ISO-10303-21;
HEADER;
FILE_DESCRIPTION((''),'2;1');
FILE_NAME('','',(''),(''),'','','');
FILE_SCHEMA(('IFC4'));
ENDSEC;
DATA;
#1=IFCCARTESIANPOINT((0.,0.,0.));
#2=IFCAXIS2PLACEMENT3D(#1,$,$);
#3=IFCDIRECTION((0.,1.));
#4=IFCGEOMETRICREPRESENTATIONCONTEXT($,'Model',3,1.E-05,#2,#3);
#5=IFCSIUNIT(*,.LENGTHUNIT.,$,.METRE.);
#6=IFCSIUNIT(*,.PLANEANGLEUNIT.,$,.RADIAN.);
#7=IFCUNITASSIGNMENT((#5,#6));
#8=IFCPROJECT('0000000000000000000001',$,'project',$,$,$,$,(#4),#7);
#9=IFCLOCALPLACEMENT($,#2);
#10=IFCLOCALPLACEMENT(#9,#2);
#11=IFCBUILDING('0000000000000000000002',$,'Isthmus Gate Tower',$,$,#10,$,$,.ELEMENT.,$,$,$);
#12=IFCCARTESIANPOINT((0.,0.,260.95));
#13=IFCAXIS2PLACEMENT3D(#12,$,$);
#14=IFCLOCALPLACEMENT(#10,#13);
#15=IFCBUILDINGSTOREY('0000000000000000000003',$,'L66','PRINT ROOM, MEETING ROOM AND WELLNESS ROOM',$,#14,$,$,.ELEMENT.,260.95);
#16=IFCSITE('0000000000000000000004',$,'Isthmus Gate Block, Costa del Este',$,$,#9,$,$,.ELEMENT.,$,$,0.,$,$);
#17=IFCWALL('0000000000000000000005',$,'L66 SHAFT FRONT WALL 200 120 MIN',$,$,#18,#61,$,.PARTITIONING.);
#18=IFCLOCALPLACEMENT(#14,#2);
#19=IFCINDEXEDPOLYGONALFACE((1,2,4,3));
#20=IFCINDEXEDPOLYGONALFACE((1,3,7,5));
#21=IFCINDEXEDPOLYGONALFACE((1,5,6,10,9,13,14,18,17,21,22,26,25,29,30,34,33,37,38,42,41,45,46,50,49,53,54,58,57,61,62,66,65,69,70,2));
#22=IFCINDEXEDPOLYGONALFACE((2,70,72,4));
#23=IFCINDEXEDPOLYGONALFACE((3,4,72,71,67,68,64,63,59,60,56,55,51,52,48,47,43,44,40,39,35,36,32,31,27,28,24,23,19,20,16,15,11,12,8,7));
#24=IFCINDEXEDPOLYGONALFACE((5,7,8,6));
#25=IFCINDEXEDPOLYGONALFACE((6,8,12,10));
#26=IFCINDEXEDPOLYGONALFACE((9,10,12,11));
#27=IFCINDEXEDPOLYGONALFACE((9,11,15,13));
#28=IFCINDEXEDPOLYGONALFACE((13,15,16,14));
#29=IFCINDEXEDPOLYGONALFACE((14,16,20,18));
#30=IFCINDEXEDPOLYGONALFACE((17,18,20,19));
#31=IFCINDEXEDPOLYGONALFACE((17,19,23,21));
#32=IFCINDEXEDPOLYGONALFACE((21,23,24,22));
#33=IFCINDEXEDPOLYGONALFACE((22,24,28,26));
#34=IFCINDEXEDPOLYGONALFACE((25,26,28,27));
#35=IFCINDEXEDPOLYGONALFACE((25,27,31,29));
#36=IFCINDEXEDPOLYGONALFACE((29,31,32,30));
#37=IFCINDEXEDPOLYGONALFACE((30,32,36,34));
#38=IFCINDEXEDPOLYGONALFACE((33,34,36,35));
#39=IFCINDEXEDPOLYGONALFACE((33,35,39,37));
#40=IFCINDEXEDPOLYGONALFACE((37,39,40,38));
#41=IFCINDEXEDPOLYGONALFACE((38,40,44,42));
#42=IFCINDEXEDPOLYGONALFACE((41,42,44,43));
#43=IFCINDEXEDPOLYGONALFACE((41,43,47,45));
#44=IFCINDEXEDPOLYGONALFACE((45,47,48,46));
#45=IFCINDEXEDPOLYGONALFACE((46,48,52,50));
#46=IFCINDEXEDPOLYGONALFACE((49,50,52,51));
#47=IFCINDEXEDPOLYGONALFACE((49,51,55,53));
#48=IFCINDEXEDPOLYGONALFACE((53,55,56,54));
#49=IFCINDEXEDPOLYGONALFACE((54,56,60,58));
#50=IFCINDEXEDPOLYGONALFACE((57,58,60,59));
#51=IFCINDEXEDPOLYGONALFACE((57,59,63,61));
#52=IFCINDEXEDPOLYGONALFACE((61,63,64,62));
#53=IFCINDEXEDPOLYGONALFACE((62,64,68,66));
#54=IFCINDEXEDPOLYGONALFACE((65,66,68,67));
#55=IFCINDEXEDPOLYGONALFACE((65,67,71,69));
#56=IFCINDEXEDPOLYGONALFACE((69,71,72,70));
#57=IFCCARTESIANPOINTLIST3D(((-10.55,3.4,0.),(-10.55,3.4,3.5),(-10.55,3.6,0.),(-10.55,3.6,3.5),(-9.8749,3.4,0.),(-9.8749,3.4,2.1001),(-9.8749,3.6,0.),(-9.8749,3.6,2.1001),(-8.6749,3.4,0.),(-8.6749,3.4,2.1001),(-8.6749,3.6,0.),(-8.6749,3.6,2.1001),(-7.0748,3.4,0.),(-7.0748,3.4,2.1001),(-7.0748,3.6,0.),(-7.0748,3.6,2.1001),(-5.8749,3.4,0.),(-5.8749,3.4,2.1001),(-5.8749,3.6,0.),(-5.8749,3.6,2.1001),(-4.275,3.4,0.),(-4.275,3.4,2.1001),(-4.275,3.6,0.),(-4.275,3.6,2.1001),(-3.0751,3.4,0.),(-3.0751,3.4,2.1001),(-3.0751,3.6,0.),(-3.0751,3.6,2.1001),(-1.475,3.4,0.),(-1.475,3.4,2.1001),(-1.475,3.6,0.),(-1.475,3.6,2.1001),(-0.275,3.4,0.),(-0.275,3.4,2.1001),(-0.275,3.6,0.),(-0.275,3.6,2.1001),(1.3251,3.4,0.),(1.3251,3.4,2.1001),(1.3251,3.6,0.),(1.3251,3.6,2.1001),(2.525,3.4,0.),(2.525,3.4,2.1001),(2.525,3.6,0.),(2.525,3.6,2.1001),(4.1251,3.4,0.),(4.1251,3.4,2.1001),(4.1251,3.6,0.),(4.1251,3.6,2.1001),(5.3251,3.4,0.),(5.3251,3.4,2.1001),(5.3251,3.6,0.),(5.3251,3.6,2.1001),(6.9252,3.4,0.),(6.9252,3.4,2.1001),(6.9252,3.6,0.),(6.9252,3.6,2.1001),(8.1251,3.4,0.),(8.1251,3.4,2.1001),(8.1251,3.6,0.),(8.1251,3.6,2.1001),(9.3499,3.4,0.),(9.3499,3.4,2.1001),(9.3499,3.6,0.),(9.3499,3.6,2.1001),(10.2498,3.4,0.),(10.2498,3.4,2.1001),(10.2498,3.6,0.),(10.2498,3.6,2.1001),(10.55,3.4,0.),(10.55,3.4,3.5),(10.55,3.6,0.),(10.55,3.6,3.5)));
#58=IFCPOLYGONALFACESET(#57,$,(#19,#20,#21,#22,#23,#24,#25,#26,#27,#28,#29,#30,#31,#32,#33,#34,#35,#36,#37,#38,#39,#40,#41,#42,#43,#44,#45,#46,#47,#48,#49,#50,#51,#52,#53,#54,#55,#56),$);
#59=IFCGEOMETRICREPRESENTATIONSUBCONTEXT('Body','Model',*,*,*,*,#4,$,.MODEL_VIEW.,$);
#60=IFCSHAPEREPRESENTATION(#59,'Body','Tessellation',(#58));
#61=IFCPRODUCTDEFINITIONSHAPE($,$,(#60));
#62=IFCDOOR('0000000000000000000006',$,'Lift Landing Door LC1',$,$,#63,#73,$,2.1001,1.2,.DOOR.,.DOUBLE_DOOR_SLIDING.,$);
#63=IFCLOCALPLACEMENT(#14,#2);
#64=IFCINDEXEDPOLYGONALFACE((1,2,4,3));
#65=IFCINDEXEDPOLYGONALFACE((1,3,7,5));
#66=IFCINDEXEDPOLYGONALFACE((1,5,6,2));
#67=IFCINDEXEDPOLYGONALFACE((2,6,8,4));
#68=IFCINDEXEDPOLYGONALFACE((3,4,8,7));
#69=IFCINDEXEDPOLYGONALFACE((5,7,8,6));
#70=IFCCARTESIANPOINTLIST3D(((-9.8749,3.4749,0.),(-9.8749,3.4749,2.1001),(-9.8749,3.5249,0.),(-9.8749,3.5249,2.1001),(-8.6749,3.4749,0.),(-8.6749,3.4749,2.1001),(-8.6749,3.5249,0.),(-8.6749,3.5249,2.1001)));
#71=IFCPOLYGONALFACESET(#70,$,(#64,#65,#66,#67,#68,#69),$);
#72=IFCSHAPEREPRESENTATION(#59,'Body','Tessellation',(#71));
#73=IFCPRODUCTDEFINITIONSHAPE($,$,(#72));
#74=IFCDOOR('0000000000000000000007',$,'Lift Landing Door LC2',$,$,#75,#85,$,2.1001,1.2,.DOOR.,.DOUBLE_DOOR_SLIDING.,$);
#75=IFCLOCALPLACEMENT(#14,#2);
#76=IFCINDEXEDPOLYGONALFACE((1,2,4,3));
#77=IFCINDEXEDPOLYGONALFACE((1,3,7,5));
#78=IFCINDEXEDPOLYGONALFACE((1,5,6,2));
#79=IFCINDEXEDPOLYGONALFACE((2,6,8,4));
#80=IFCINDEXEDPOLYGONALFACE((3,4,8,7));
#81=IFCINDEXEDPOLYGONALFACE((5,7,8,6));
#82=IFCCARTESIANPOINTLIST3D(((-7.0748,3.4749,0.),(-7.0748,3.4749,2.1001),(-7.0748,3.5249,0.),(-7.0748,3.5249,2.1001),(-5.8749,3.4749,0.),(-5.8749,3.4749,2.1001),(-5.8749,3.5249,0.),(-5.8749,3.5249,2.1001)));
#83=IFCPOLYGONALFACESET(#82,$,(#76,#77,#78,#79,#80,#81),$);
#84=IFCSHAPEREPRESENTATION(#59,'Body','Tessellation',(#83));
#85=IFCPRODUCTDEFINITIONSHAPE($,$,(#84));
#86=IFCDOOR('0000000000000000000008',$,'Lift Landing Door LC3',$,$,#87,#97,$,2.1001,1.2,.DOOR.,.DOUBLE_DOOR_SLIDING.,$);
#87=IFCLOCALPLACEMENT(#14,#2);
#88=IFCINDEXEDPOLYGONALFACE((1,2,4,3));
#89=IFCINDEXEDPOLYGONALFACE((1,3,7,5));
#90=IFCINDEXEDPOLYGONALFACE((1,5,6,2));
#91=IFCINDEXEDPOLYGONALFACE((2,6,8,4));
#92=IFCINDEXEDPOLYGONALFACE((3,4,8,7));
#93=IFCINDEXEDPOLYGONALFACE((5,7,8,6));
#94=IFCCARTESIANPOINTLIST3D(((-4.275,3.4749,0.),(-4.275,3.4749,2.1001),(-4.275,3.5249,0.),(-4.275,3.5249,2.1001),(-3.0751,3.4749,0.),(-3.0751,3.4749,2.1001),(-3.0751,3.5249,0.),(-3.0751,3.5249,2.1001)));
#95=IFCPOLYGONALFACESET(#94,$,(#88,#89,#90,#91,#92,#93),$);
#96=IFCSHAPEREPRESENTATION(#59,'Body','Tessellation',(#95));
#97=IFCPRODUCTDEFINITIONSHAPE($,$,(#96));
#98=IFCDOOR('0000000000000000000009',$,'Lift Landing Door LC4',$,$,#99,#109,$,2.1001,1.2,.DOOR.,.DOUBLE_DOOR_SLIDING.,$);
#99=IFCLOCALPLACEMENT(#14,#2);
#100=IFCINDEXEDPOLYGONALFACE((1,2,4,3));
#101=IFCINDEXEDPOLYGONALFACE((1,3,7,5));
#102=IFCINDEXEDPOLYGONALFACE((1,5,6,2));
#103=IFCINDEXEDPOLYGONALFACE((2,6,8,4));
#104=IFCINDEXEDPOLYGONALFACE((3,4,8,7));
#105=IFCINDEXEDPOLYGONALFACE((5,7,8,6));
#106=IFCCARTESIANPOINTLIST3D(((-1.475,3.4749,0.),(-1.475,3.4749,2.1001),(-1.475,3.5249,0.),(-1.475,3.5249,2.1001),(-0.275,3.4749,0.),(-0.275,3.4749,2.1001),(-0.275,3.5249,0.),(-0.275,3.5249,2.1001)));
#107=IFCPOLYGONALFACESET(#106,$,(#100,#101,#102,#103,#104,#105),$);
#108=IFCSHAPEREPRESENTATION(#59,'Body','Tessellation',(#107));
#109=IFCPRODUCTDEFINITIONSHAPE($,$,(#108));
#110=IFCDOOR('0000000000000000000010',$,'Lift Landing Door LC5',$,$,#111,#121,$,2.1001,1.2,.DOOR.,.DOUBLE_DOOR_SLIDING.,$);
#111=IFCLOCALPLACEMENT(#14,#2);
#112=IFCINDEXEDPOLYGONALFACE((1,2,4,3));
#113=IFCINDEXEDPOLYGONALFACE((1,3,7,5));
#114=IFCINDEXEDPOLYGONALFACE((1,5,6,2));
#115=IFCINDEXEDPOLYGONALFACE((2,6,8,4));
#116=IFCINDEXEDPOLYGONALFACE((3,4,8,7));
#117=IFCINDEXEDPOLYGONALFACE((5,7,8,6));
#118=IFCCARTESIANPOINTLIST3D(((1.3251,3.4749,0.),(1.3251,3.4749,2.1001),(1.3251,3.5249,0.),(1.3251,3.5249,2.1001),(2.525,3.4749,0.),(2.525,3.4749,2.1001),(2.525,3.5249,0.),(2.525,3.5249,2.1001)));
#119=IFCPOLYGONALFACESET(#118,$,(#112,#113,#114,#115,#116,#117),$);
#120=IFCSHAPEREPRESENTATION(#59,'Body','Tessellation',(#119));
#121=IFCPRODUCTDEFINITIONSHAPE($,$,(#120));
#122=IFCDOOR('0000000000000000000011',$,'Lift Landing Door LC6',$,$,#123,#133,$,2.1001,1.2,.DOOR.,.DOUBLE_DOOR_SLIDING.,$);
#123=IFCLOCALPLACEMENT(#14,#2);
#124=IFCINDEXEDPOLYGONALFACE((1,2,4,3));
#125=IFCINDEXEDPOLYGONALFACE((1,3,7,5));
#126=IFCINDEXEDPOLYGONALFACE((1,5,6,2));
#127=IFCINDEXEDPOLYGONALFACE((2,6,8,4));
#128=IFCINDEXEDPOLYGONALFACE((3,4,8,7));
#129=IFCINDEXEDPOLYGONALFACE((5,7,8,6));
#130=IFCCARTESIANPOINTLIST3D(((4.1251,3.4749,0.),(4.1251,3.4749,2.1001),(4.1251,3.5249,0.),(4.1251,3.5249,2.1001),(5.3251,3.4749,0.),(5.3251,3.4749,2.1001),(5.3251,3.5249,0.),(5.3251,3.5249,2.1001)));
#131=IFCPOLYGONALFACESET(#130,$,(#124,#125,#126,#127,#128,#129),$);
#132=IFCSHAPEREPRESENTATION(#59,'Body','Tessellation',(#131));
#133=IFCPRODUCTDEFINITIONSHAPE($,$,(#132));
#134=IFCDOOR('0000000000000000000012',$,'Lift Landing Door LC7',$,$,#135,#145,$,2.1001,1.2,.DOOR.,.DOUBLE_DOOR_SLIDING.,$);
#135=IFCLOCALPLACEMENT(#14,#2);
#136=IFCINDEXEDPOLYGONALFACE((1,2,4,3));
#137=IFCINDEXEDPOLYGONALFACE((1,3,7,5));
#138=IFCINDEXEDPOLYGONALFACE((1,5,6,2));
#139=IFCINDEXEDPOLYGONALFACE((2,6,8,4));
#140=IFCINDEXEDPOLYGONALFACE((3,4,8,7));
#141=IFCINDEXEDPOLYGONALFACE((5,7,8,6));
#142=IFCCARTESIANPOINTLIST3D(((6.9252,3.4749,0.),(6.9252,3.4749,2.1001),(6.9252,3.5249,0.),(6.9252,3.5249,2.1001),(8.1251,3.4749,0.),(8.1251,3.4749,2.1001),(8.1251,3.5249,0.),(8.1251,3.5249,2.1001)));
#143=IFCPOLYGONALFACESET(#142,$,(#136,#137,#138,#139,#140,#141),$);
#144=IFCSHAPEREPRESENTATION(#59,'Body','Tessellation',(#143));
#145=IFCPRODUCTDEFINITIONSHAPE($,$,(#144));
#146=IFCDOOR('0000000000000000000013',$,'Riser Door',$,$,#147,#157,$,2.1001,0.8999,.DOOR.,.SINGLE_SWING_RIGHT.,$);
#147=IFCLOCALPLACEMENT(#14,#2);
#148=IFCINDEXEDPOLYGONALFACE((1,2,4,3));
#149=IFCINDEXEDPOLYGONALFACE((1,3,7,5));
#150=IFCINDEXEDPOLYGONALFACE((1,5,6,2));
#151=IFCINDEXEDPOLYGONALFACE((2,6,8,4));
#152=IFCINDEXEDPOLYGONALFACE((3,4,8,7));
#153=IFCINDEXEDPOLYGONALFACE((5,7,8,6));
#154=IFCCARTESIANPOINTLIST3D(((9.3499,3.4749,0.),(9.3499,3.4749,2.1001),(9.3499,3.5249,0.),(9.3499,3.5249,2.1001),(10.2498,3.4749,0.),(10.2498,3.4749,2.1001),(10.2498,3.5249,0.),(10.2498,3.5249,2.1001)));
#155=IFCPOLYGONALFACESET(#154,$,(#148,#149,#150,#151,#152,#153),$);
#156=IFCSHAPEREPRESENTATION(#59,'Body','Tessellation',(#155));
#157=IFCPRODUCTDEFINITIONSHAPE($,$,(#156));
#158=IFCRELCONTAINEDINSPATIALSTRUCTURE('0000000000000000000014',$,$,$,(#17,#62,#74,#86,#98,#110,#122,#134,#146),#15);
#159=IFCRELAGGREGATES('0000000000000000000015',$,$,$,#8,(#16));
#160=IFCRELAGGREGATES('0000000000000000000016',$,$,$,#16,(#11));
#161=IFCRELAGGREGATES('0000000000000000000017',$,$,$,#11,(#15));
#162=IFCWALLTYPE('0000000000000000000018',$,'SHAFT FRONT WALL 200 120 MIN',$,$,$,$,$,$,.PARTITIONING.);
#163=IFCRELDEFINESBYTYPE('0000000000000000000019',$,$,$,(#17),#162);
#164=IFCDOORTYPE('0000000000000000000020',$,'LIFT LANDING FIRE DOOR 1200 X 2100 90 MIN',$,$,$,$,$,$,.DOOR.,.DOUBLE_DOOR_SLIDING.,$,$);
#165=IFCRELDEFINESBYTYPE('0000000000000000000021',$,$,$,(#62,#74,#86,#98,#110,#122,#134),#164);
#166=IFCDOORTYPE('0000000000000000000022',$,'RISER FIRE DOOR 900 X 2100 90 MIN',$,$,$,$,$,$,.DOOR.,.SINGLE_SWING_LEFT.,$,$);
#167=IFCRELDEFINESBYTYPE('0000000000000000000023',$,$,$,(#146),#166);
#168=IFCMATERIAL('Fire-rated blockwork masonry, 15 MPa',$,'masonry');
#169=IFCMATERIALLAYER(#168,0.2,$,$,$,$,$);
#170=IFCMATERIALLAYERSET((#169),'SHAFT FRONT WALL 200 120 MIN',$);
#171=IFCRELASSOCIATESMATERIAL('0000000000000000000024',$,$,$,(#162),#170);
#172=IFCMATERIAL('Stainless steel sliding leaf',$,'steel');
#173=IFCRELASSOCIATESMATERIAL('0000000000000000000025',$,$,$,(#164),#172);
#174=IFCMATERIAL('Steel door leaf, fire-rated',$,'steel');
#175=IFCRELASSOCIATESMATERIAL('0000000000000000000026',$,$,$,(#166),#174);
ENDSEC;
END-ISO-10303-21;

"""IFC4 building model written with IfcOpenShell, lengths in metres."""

from ifc_helpers import new_model, si_unit, direction, frame, frame_2d, origin, place, context, subcontext, project, spatial, rectangle, extrude, material, layer, layer_set, type_object, element, fill, save


model = new_model("IFC4")

# Units and contexts
model_context = context("Model", 3, precision=1e-05, world=origin(), true_north=direction((0.0, 1.0)))
body_context = subcontext(model_context, "Body", "Model", "MODEL_VIEW")
ifc_project = project(units=[si_unit("LENGTHUNIT", "METRE"), si_unit("PLANEANGLEUNIT", "RADIAN")], contexts=[model_context])

# Site, building, storey
site_placement = place(None, origin())
site = spatial("IfcSite", under=ifc_project, at=site_placement, Name="Isthmus Gate Block, Costa del Este", CompositionType="ELEMENT", RefElevation=0.0)
building_placement = place(site_placement, origin())
building = spatial("IfcBuilding", under=site, at=building_placement, Name="Isthmus Gate Tower", CompositionType="ELEMENT")
storey_placement = place(building_placement, frame((0.0, 0.0, 260.95)))
storey = spatial("IfcBuildingStorey", under=building, at=storey_placement, Name="L66", Description="PRINT ROOM, MEETING ROOM AND WELLNESS ROOM", CompositionType="ELEMENT", Elevation=260.95)

# Wall, openings, doors
ifc_material_1 = material(Name="Fire-rated blockwork masonry, 15 MPa", Category="masonry")
ifc_layer_1 = layer(ifc_material_1, 0.2)
ifc_layer_set_1 = layer_set([ifc_layer_1], Name="SHAFT FRONT WALL 200 120 MIN")
wall_type_1 = type_object("IfcWallType", Name="SHAFT FRONT WALL 200 120 MIN", PredefinedType="PARTITIONING", material=ifc_layer_set_1)
wall_1_placement = place(storey_placement, frame((-10.55, 3.5, 0.0), z_axis=(0.0, 0.0, 1.0), x_axis=(1.0, 0.0, 0.0)))
wall_1 = element("IfcWall", 1, at=wall_1_placement, inside=storey, type_object=wall_type_1, Name="L66 SHAFT FRONT WALL 200 120 MIN", PredefinedType="PARTITIONING", context=body_context, shape_type="SweptSolid", body=[
    extrude(rectangle(XDim=21.1001, YDim=0.2, at=frame_2d((10.55, 0.0))), origin(), (0.0, 0.0, 1.0), 3.5),
])
opening_1_placement = place(wall_1_placement, frame((0.675, 0.0, 0.0)))
opening_1 = element("IfcOpeningElement", 2, at=opening_1_placement, cuts=wall_1, PredefinedType="OPENING", context=body_context, shape_type="SweptSolid", body=[
    extrude(rectangle(XDim=1.2, YDim=2.1001, at=frame_2d((0.6001, 1.05))), frame((0.0, 0.1099, 0.0), z_axis=(0.0, -1.0, 0.0), x_axis=(1.0, 0.0, 0.0)), (0.0, 0.0, 1.0), 0.22),
])
opening_2_placement = place(wall_1_placement, frame((3.4751, 0.0, 0.0)))
opening_2 = element("IfcOpeningElement", 3, at=opening_2_placement, cuts=wall_1, PredefinedType="OPENING", context=body_context, shape_type="SweptSolid", body=[
    extrude(rectangle(XDim=1.2, YDim=2.1001, at=frame_2d((0.6001, 1.05))), frame((0.0, 0.1099, 0.0), z_axis=(0.0, -1.0, 0.0), x_axis=(1.0, 0.0, 0.0)), (0.0, 0.0, 1.0), 0.22),
])
opening_3_placement = place(wall_1_placement, frame((6.2749, 0.0, 0.0)))
opening_3 = element("IfcOpeningElement", 4, at=opening_3_placement, cuts=wall_1, PredefinedType="OPENING", context=body_context, shape_type="SweptSolid", body=[
    extrude(rectangle(XDim=1.2, YDim=2.1001, at=frame_2d((0.6001, 1.05))), frame((0.0, 0.1099, 0.0), z_axis=(0.0, -1.0, 0.0), x_axis=(1.0, 0.0, 0.0)), (0.0, 0.0, 1.0), 0.22),
])
opening_4_placement = place(wall_1_placement, frame((9.075, 0.0, 0.0)))
opening_4 = element("IfcOpeningElement", 5, at=opening_4_placement, cuts=wall_1, PredefinedType="OPENING", context=body_context, shape_type="SweptSolid", body=[
    extrude(rectangle(XDim=1.2, YDim=2.1001, at=frame_2d((0.6001, 1.05))), frame((0.0, 0.1099, 0.0), z_axis=(0.0, -1.0, 0.0), x_axis=(1.0, 0.0, 0.0)), (0.0, 0.0, 1.0), 0.22),
])
opening_5_placement = place(wall_1_placement, frame((11.875, 0.0, 0.0)))
opening_5 = element("IfcOpeningElement", 6, at=opening_5_placement, cuts=wall_1, PredefinedType="OPENING", context=body_context, shape_type="SweptSolid", body=[
    extrude(rectangle(XDim=1.2, YDim=2.1001, at=frame_2d((0.6001, 1.05))), frame((0.0, 0.1099, 0.0), z_axis=(0.0, -1.0, 0.0), x_axis=(1.0, 0.0, 0.0)), (0.0, 0.0, 1.0), 0.22),
])
opening_6_placement = place(wall_1_placement, frame((14.675, 0.0, 0.0)))
opening_6 = element("IfcOpeningElement", 7, at=opening_6_placement, cuts=wall_1, PredefinedType="OPENING", context=body_context, shape_type="SweptSolid", body=[
    extrude(rectangle(XDim=1.2, YDim=2.1001, at=frame_2d((0.6001, 1.05))), frame((0.0, 0.1099, 0.0), z_axis=(0.0, -1.0, 0.0), x_axis=(1.0, 0.0, 0.0)), (0.0, 0.0, 1.0), 0.22),
])
opening_7_placement = place(wall_1_placement, frame((17.4751, 0.0, 0.0)))
opening_7 = element("IfcOpeningElement", 8, at=opening_7_placement, cuts=wall_1, PredefinedType="OPENING", context=body_context, shape_type="SweptSolid", body=[
    extrude(rectangle(XDim=1.2, YDim=2.1001, at=frame_2d((0.6001, 1.05))), frame((0.0, 0.1099, 0.0), z_axis=(0.0, -1.0, 0.0), x_axis=(1.0, 0.0, 0.0)), (0.0, 0.0, 1.0), 0.22),
])
opening_8_placement = place(wall_1_placement, frame((19.8999, 0.0, 0.0)))
opening_8 = element("IfcOpeningElement", 9, at=opening_8_placement, cuts=wall_1, PredefinedType="OPENING", context=body_context, shape_type="SweptSolid", body=[
    extrude(rectangle(XDim=0.8999, YDim=2.1001, at=frame_2d((0.45, 1.05))), frame((0.0, 0.1099, 0.0), z_axis=(0.0, -1.0, 0.0), x_axis=(1.0, 0.0, 0.0)), (0.0, 0.0, 1.0), 0.22),
])
ifc_material_2 = material(Name="Stainless steel sliding leaf", Category="steel")
door_type_1 = type_object("IfcDoorType", Name="LIFT LANDING FIRE DOOR 1200 X 2100 90 MIN", OperationType="DOUBLE_DOOR_SLIDING", PredefinedType="DOOR", material=ifc_material_2)
door_1_placement = place(opening_1_placement, origin())
door_1 = element("IfcDoor", 10, at=door_1_placement, inside=storey, type_object=door_type_1, Name="Lift Landing Door LC1", OperationType="DOUBLE_DOOR_SLIDING", OverallHeight=2.1001, OverallWidth=1.2, PredefinedType="DOOR", context=body_context, shape_type="SweptSolid", body=[
    extrude(rectangle(XDim=1.2, YDim=2.1001, at=frame_2d((0.6001, 1.05))), frame((0.0, 0.0249, 0.0), z_axis=(0.0, -1.0, 0.0), x_axis=(1.0, 0.0, 0.0)), (0.0, 0.0, 1.0), 0.05),
])
fill(opening_1, door_1)
door_2_placement = place(opening_2_placement, origin())
door_2 = element("IfcDoor", 11, at=door_2_placement, inside=storey, type_object=door_type_1, Name="Lift Landing Door LC2", OperationType="DOUBLE_DOOR_SLIDING", OverallHeight=2.1001, OverallWidth=1.2, PredefinedType="DOOR", context=body_context, shape_type="SweptSolid", body=[
    extrude(rectangle(XDim=1.2, YDim=2.1001, at=frame_2d((0.6001, 1.05))), frame((0.0, 0.0249, 0.0), z_axis=(0.0, -1.0, 0.0), x_axis=(1.0, 0.0, 0.0)), (0.0, 0.0, 1.0), 0.05),
])
fill(opening_2, door_2)
door_3_placement = place(opening_3_placement, origin())
door_3 = element("IfcDoor", 12, at=door_3_placement, inside=storey, type_object=door_type_1, Name="Lift Landing Door LC3", OperationType="DOUBLE_DOOR_SLIDING", OverallHeight=2.1001, OverallWidth=1.2, PredefinedType="DOOR", context=body_context, shape_type="SweptSolid", body=[
    extrude(rectangle(XDim=1.2, YDim=2.1001, at=frame_2d((0.6001, 1.05))), frame((0.0, 0.0249, 0.0), z_axis=(0.0, -1.0, 0.0), x_axis=(1.0, 0.0, 0.0)), (0.0, 0.0, 1.0), 0.05),
])
fill(opening_3, door_3)
door_4_placement = place(opening_4_placement, origin())
door_4 = element("IfcDoor", 13, at=door_4_placement, inside=storey, type_object=door_type_1, Name="Lift Landing Door LC4", OperationType="DOUBLE_DOOR_SLIDING", OverallHeight=2.1001, OverallWidth=1.2, PredefinedType="DOOR", context=body_context, shape_type="SweptSolid", body=[
    extrude(rectangle(XDim=1.2, YDim=2.1001, at=frame_2d((0.6001, 1.05))), frame((0.0, 0.0249, 0.0), z_axis=(0.0, -1.0, 0.0), x_axis=(1.0, 0.0, 0.0)), (0.0, 0.0, 1.0), 0.05),
])
fill(opening_4, door_4)
door_5_placement = place(opening_5_placement, origin())
door_5 = element("IfcDoor", 14, at=door_5_placement, inside=storey, type_object=door_type_1, Name="Lift Landing Door LC5", OperationType="DOUBLE_DOOR_SLIDING", OverallHeight=2.1001, OverallWidth=1.2, PredefinedType="DOOR", context=body_context, shape_type="SweptSolid", body=[
    extrude(rectangle(XDim=1.2, YDim=2.1001, at=frame_2d((0.6001, 1.05))), frame((0.0, 0.0249, 0.0), z_axis=(0.0, -1.0, 0.0), x_axis=(1.0, 0.0, 0.0)), (0.0, 0.0, 1.0), 0.05),
])
fill(opening_5, door_5)
door_6_placement = place(opening_6_placement, origin())
door_6 = element("IfcDoor", 15, at=door_6_placement, inside=storey, type_object=door_type_1, Name="Lift Landing Door LC6", OperationType="DOUBLE_DOOR_SLIDING", OverallHeight=2.1001, OverallWidth=1.2, PredefinedType="DOOR", context=body_context, shape_type="SweptSolid", body=[
    extrude(rectangle(XDim=1.2, YDim=2.1001, at=frame_2d((0.6001, 1.05))), frame((0.0, 0.0249, 0.0), z_axis=(0.0, -1.0, 0.0), x_axis=(1.0, 0.0, 0.0)), (0.0, 0.0, 1.0), 0.05),
])
fill(opening_6, door_6)
door_7_placement = place(opening_7_placement, origin())
door_7 = element("IfcDoor", 16, at=door_7_placement, inside=storey, type_object=door_type_1, Name="Lift Landing Door LC7", OperationType="DOUBLE_DOOR_SLIDING", OverallHeight=2.1001, OverallWidth=1.2, PredefinedType="DOOR", context=body_context, shape_type="SweptSolid", body=[
    extrude(rectangle(XDim=1.2, YDim=2.1001, at=frame_2d((0.6001, 1.05))), frame((0.0, 0.0249, 0.0), z_axis=(0.0, -1.0, 0.0), x_axis=(1.0, 0.0, 0.0)), (0.0, 0.0, 1.0), 0.05),
])
fill(opening_7, door_7)
ifc_material_3 = material(Name="Steel door leaf, fire-rated", Category="steel")
door_type_2 = type_object("IfcDoorType", Name="RISER FIRE DOOR 900 X 2100 90 MIN", OperationType="SINGLE_SWING_LEFT", PredefinedType="DOOR", material=ifc_material_3)
door_8_placement = place(opening_8_placement, origin())
door_8 = element("IfcDoor", 17, at=door_8_placement, inside=storey, type_object=door_type_2, Name="Riser Door", OperationType="SINGLE_SWING_RIGHT", OverallHeight=2.1001, OverallWidth=0.8999, PredefinedType="DOOR", context=body_context, shape_type="SweptSolid", body=[
    extrude(rectangle(XDim=0.8999, YDim=2.1001, at=frame_2d((0.45, 1.05))), frame((0.0, 0.0249, 0.0), z_axis=(0.0, -1.0, 0.0), x_axis=(1.0, 0.0, 0.0)), (0.0, 0.0, 1.0), 0.05),
])
fill(opening_8, door_8)

save(model, "model.ifc")
